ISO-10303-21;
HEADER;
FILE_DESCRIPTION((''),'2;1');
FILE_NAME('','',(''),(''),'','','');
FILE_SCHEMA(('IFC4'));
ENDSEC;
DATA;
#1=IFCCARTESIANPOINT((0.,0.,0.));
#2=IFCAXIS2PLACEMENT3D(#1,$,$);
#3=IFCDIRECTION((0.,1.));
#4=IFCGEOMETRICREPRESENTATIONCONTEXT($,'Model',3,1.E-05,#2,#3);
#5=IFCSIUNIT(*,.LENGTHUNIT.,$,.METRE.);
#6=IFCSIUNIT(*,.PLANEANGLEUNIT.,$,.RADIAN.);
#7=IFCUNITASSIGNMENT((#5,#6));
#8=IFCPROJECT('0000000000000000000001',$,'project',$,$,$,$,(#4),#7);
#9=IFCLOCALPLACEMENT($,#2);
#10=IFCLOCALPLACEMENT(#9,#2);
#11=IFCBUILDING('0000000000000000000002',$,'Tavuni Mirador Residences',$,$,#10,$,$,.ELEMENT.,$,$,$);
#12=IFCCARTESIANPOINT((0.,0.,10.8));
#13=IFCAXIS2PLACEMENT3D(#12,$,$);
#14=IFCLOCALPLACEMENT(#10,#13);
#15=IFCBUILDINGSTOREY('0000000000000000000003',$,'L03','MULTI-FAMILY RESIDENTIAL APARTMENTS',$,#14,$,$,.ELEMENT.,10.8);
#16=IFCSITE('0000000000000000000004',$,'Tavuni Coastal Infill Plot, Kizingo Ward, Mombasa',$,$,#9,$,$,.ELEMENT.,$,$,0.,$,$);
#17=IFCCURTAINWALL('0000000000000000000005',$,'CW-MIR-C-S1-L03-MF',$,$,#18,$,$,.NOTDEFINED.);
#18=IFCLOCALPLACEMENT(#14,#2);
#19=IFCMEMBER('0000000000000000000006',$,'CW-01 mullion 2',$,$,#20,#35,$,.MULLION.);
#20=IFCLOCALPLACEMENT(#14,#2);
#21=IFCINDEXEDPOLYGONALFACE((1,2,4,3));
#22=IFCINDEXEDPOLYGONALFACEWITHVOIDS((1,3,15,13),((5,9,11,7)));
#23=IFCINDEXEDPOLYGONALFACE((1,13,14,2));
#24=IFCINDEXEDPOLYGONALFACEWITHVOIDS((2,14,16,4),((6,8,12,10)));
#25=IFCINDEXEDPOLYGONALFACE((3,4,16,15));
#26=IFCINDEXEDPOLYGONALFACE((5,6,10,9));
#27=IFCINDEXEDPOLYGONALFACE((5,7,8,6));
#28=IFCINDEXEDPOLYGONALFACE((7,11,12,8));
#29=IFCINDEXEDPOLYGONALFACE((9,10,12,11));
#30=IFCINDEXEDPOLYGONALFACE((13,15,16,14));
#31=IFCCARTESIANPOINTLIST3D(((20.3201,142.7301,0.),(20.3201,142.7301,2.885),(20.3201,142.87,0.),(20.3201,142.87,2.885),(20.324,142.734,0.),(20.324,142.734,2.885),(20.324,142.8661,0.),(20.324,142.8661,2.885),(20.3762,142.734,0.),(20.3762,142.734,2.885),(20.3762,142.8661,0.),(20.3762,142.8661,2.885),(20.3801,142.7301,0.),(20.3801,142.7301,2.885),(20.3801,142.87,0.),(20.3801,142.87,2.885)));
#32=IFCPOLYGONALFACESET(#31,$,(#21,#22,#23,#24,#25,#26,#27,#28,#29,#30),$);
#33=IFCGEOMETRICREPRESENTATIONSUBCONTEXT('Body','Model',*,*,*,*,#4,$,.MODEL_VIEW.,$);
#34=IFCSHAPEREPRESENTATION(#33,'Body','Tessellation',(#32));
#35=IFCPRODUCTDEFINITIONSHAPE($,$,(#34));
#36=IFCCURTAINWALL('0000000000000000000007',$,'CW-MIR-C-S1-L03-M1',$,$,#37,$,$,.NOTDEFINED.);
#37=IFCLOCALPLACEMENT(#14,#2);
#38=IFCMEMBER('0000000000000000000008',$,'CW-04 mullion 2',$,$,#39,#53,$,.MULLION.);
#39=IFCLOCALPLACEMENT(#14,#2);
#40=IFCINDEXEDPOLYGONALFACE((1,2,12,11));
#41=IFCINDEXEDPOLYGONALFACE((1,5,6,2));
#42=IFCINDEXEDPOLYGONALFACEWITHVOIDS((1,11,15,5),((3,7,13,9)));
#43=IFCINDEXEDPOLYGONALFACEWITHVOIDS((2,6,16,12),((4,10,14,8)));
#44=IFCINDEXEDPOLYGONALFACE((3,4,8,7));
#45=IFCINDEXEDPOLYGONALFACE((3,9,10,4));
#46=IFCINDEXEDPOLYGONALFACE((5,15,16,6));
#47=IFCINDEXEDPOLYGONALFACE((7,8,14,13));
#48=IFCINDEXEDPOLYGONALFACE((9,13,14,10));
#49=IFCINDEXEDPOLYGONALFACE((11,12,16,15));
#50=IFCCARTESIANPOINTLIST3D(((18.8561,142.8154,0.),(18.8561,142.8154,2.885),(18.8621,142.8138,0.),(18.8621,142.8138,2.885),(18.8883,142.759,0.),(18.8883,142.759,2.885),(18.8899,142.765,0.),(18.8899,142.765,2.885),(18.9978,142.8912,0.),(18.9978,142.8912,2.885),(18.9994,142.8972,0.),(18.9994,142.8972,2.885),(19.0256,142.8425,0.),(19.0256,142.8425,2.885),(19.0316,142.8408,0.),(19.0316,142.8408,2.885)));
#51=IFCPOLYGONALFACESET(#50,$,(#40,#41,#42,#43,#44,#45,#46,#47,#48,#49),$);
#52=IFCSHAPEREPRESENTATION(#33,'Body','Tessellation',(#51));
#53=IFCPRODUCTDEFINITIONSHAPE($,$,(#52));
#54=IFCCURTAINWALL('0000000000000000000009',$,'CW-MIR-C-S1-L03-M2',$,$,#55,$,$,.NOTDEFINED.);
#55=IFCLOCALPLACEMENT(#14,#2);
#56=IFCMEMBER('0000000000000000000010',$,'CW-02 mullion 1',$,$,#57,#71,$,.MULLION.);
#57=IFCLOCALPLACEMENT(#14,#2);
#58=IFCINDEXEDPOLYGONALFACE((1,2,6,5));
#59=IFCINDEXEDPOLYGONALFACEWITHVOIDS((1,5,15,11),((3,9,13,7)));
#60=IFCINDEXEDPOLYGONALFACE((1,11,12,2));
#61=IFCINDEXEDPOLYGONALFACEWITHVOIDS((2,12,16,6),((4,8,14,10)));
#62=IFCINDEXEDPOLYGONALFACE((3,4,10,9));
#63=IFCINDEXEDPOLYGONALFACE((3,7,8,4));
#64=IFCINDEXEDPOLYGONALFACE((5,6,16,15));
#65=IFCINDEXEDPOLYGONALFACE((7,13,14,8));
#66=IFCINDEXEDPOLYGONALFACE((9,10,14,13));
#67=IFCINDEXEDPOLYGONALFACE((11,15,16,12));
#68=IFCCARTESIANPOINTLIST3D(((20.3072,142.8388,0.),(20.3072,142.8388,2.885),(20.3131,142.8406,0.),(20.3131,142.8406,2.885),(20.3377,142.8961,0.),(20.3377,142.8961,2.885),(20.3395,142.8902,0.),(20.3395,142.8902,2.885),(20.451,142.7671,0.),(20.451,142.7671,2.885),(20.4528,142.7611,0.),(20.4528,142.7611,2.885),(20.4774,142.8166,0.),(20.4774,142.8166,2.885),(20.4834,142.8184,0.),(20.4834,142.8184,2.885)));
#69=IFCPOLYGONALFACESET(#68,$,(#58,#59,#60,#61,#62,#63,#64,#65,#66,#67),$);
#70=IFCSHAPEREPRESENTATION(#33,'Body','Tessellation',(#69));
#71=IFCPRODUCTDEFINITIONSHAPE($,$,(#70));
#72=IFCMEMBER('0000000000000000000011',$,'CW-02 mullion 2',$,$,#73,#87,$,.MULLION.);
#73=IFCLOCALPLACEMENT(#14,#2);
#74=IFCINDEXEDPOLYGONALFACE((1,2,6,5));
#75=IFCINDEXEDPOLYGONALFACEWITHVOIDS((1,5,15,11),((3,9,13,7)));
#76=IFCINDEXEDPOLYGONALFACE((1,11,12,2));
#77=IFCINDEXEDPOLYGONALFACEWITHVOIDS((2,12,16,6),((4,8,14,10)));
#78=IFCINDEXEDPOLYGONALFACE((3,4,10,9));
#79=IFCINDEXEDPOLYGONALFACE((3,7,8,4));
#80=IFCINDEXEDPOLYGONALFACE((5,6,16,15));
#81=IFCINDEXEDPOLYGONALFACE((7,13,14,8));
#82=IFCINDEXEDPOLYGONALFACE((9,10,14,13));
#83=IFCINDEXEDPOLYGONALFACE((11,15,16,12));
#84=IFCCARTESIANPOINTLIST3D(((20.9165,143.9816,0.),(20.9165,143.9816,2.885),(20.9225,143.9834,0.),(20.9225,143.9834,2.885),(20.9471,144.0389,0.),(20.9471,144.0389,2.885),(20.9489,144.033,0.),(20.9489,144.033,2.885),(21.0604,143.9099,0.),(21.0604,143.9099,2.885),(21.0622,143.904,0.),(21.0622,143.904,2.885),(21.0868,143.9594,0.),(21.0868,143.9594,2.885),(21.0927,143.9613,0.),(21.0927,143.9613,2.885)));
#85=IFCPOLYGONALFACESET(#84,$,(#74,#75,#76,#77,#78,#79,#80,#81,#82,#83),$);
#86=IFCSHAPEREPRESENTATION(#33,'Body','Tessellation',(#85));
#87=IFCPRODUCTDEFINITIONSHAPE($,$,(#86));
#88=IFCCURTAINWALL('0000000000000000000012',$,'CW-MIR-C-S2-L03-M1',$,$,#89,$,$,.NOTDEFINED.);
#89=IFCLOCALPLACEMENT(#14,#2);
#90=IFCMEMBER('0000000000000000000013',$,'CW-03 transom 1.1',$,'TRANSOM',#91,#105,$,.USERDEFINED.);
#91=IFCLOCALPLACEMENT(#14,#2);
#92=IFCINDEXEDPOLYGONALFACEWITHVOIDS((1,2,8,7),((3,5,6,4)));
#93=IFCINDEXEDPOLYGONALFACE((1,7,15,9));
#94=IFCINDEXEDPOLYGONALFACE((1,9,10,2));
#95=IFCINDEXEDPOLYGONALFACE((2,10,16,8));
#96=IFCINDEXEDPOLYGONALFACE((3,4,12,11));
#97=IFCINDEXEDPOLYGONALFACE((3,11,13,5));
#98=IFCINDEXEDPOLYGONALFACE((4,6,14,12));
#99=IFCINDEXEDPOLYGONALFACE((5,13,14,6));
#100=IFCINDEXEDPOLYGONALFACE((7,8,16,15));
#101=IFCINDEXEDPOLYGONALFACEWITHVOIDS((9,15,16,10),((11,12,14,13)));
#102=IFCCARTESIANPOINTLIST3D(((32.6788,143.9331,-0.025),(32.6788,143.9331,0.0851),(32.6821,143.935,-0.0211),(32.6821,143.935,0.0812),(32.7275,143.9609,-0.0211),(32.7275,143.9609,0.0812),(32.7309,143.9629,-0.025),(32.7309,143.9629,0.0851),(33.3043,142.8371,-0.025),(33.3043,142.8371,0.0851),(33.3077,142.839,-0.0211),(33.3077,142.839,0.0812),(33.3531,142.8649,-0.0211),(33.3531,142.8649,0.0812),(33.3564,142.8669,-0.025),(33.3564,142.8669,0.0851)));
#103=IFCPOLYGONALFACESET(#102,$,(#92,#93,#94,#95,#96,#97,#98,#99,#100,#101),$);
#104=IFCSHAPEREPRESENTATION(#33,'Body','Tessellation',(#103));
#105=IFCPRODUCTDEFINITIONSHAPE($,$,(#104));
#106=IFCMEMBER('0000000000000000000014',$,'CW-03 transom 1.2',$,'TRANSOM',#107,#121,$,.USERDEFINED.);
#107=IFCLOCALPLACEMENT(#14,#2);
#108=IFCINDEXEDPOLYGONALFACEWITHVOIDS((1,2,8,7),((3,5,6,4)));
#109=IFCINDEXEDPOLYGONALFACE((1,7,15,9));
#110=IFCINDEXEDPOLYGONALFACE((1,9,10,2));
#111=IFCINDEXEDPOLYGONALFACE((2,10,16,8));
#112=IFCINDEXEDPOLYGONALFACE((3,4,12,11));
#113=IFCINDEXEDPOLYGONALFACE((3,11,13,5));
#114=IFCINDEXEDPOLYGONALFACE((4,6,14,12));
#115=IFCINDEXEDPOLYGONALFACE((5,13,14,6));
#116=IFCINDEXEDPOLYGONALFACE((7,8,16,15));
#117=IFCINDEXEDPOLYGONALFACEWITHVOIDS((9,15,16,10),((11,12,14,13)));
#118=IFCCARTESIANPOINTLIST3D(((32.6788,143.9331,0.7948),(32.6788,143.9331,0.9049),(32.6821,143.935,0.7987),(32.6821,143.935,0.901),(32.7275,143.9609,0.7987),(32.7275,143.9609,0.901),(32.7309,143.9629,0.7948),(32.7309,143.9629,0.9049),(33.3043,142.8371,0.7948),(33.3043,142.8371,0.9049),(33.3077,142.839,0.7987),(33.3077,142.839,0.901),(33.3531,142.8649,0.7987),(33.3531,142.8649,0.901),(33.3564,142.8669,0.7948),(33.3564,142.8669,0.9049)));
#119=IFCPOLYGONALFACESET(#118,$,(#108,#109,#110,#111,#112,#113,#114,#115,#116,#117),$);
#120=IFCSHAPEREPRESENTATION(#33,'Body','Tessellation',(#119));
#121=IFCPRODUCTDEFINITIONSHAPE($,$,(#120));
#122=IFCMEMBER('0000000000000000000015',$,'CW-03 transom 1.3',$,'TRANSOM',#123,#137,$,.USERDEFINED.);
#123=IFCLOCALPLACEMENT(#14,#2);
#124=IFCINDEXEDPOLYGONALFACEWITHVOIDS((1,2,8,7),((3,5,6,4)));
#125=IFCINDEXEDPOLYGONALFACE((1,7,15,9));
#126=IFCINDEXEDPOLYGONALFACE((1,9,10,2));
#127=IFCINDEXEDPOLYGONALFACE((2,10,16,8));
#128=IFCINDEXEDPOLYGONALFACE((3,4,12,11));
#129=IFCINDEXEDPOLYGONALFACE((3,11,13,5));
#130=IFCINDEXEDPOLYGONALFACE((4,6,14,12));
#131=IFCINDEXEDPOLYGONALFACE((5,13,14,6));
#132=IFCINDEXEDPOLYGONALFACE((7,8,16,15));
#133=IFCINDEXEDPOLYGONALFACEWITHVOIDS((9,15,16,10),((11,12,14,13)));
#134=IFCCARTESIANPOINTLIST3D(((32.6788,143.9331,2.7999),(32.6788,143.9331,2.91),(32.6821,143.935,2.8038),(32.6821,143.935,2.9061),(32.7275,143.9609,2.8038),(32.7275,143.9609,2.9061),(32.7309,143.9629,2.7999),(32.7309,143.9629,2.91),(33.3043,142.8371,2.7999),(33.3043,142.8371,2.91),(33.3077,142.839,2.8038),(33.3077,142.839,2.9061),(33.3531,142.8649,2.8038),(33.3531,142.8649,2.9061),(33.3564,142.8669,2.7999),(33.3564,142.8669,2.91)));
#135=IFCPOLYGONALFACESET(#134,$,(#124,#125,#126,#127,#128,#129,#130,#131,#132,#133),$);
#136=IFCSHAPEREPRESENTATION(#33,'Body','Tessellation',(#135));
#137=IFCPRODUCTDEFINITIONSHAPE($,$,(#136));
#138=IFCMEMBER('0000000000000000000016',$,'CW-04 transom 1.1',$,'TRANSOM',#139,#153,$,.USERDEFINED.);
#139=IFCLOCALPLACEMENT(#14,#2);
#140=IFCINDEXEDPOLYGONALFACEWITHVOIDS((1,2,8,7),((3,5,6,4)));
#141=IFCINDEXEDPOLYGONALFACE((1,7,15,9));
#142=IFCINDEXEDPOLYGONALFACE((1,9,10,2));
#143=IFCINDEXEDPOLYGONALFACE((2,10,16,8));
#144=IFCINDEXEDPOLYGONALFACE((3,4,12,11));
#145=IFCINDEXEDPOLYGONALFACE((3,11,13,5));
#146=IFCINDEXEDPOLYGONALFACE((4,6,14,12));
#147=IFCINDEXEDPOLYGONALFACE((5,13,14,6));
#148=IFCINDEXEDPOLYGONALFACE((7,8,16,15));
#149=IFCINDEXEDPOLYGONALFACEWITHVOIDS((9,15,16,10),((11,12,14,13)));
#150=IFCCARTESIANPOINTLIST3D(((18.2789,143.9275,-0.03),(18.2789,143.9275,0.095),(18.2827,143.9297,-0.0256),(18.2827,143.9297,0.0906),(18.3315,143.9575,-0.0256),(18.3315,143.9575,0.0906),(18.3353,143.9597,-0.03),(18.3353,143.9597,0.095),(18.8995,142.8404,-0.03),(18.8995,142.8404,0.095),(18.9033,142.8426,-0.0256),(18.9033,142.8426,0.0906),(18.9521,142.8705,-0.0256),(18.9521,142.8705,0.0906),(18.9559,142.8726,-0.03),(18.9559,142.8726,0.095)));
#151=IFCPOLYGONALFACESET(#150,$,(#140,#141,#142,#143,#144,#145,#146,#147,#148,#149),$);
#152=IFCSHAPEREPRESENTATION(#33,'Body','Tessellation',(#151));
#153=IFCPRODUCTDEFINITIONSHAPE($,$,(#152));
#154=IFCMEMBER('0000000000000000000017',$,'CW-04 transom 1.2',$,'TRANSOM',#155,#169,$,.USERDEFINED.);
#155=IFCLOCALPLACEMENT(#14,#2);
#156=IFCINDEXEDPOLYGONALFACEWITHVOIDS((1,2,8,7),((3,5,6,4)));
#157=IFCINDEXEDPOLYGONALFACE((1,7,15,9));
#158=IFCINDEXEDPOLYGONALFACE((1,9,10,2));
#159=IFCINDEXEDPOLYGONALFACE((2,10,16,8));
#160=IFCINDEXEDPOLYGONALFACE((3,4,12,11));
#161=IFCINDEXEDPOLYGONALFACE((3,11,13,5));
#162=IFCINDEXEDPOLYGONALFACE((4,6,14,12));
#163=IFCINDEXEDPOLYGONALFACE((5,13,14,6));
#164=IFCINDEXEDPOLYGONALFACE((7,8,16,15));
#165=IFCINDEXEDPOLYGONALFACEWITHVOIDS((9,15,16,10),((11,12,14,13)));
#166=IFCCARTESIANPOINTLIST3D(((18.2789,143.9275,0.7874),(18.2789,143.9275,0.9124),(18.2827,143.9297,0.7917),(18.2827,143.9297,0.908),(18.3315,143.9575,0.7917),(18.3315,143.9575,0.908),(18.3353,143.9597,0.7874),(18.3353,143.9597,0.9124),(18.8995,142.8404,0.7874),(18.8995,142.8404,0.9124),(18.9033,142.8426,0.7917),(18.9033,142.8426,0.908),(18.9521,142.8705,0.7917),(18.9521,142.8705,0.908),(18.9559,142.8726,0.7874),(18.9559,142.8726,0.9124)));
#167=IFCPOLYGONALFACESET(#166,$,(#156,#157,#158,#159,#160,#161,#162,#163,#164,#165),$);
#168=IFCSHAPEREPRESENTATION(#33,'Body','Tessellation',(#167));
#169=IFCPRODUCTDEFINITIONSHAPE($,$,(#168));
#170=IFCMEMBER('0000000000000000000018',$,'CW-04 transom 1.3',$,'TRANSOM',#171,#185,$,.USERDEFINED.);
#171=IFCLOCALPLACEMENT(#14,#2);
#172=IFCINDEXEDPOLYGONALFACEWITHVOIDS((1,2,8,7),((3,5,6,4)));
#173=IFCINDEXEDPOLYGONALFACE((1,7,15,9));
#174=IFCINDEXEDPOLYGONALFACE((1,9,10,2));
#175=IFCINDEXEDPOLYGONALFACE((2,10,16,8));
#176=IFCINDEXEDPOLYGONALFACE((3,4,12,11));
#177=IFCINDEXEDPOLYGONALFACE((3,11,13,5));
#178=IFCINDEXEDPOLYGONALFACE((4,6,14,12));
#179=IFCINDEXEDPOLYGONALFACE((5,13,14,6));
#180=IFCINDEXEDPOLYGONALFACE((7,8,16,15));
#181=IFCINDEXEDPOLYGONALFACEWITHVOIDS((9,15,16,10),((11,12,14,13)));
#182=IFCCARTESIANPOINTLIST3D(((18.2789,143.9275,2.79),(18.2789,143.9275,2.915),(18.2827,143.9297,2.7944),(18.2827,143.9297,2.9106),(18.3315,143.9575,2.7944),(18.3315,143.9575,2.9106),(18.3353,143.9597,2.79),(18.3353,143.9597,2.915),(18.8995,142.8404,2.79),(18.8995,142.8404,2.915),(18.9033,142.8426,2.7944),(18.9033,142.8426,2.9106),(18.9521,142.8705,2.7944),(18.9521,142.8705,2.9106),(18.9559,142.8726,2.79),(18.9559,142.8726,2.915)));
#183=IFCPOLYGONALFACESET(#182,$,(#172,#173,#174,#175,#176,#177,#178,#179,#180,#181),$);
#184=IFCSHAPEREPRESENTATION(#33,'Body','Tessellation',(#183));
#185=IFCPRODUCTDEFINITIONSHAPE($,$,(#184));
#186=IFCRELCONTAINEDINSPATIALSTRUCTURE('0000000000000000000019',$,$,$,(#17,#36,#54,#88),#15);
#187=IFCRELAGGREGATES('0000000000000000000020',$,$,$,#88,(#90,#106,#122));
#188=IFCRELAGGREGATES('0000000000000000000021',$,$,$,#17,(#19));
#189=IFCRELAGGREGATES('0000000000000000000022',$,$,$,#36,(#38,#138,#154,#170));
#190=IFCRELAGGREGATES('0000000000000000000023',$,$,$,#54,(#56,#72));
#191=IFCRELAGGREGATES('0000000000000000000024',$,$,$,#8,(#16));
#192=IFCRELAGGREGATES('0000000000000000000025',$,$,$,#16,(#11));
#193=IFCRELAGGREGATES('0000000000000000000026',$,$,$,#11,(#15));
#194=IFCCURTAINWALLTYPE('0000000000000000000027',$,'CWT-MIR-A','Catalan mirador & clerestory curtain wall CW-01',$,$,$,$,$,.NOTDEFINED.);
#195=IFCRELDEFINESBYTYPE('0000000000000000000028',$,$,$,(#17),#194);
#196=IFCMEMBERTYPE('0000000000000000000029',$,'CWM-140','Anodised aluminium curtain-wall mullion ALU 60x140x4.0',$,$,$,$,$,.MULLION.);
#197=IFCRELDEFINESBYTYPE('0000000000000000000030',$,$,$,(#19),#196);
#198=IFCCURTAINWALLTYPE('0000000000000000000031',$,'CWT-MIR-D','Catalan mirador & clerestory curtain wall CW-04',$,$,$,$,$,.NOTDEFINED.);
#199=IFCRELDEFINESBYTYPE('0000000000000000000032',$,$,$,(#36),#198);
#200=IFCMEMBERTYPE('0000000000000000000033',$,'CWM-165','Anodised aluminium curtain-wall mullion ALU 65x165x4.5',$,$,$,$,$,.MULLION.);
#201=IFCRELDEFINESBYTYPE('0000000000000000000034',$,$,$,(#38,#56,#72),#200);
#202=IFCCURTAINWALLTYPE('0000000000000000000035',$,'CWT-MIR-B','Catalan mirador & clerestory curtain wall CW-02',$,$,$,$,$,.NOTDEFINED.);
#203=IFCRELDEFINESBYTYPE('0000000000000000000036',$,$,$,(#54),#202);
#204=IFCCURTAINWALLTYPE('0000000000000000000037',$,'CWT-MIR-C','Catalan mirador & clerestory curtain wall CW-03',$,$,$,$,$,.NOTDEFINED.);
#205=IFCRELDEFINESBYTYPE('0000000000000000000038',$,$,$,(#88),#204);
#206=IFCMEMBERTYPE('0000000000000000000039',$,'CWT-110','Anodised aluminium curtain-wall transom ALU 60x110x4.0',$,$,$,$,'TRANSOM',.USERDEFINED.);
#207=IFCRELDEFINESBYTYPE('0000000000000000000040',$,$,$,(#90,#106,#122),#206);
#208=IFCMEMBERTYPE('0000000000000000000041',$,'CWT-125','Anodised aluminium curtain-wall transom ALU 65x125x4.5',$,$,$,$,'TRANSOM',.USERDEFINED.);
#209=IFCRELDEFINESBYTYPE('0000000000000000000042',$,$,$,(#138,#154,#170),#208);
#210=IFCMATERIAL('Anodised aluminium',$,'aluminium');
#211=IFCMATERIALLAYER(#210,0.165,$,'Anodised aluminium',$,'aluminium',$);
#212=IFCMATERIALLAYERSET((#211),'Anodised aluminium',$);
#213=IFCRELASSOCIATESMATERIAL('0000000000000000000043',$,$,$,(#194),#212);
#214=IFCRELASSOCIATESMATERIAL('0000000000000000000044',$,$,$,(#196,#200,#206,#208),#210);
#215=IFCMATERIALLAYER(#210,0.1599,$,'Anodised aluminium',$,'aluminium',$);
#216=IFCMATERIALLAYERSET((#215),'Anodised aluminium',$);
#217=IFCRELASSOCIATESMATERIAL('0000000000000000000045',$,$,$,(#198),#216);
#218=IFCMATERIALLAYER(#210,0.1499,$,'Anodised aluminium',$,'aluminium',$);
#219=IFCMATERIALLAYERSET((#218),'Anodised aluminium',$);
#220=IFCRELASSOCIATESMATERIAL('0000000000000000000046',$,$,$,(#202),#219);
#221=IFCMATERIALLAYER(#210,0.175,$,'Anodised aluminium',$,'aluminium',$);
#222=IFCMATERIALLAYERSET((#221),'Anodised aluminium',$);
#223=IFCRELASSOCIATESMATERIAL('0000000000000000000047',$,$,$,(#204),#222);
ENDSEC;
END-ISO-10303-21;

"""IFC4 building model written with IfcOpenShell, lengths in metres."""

from ifc_helpers import new_model, si_unit, direction, frame, origin, origin_2d, place, context, subcontext, project, spatial, hollow_rectangle, extrude, material, layer, layer_set, material_profile, profile_set, type_object, element, aggregate, save


model = new_model("IFC4")

# Units and contexts
model_context = context("Model", 3, precision=1e-05, world=origin(), true_north=direction((0.0, 1.0)))
body_context = subcontext(model_context, "Body", "Model", "MODEL_VIEW")
ifc_project = project(units=[si_unit("LENGTHUNIT", "METRE"), si_unit("PLANEANGLEUNIT", "RADIAN")], contexts=[model_context])

# Site, building, storey
site_placement = place(None, origin())
site = spatial("IfcSite", under=ifc_project, at=site_placement, Name="Tavuni Coastal Infill Plot, Kizingo Ward, Mombasa", CompositionType="ELEMENT", RefElevation=0.0)
building_placement = place(site_placement, origin())
building = spatial("IfcBuilding", under=site, at=building_placement, Name="Tavuni Mirador Residences", CompositionType="ELEMENT")
storey_placement = place(building_placement, frame((0.0, 0.0, 10.8)))
storey = spatial("IfcBuildingStorey", under=building, at=storey_placement, Name="L03", Description="MULTI-FAMILY RESIDENTIAL APARTMENTS", CompositionType="ELEMENT", Elevation=10.8)

# Curtain walls, members
ifc_material_1 = material(Name="Anodised aluminium", Category="aluminium")
ifc_layer_1 = layer(ifc_material_1, 0.165, Name="Anodised aluminium", Category="aluminium")
ifc_layer_set_1 = layer_set([ifc_layer_1], Name="Anodised aluminium")
curtain_wall_type_1 = type_object("IfcCurtainWallType", Name="CWT-MIR-A", Description="Catalan mirador & clerestory curtain wall CW-01", PredefinedType="NOTDEFINED", material=ifc_layer_set_1)
curtain_wall_1_placement = place(storey_placement, origin())
curtain_wall_1 = element("IfcCurtainWall", 1, at=curtain_wall_1_placement, inside=storey, type_object=curtain_wall_type_1, Name="CW-MIR-C-S1-L03-MF", PredefinedType="NOTDEFINED")
ifc_material_profile_1 = material_profile(ifc_material_1, hollow_rectangle(XDim=0.0601, YDim=0.1399, WallThickness=0.0039, at=origin_2d()), Name="ALU 60x140x4.0", Category="aluminium")
ifc_profile_set_1 = profile_set([ifc_material_profile_1], Name="Anodised aluminium")
member_type_1 = type_object("IfcMemberType", Name="CWM-140", Description="Anodised aluminium curtain-wall mullion ALU 60x140x4.0", PredefinedType="MULLION", material=ifc_profile_set_1)
member_1_placement = place(storey_placement, frame((20.3501, 142.8, 0.0), z_axis=(0.0, 0.0, 1.0), x_axis=(1.0, 0.0, 0.0)))
member_1 = element("IfcMember", 2, at=member_1_placement, type_object=member_type_1, Name="CW-01 mullion 2", PredefinedType="MULLION", context=body_context, shape_type="SweptSolid", body=[
    extrude(hollow_rectangle(XDim=0.0601, YDim=0.1399, WallThickness=0.0039, at=origin_2d()), origin(), (0.0, 0.0, 1.0), 2.885),
])
ifc_layer_2 = layer(ifc_material_1, 0.1599, Name="Anodised aluminium", Category="aluminium")
ifc_layer_set_2 = layer_set([ifc_layer_2], Name="Anodised aluminium")
curtain_wall_type_2 = type_object("IfcCurtainWallType", Name="CWT-MIR-D", Description="Catalan mirador & clerestory curtain wall CW-04", PredefinedType="NOTDEFINED", material=ifc_layer_set_2)
curtain_wall_2_placement = place(storey_placement, origin())
curtain_wall_2 = element("IfcCurtainWall", 3, at=curtain_wall_2_placement, inside=storey, type_object=curtain_wall_type_2, Name="CW-MIR-C-S1-L03-M1", PredefinedType="NOTDEFINED")
ifc_material_profile_2 = material_profile(ifc_material_1, hollow_rectangle(XDim=0.0649, YDim=0.165, WallThickness=0.0044, at=origin_2d()), Name="ALU 65x165x4.5", Category="aluminium")
ifc_profile_set_2 = profile_set([ifc_material_profile_2], Name="Anodised aluminium")
member_type_2 = type_object("IfcMemberType", Name="CWM-165", Description="Anodised aluminium curtain-wall mullion ALU 65x165x4.5", PredefinedType="MULLION", material=ifc_profile_set_2)
member_2_placement = place(storey_placement, frame((18.9438, 142.8281, 0.0), z_axis=(0.0, 0.0, 1.0), x_axis=(0.495749, -0.868466, 0.0)))
member_2 = element("IfcMember", 4, at=member_2_placement, type_object=member_type_2, Name="CW-04 mullion 2", PredefinedType="MULLION", context=body_context, shape_type="SweptSolid", body=[
    extrude(hollow_rectangle(XDim=0.0649, YDim=0.165, WallThickness=0.0044, at=origin_2d()), origin(), (0.0, 0.0, 1.0), 2.885),
])

# Curtain walls, members
ifc_layer_3 = layer(ifc_material_1, 0.1499, Name="Anodised aluminium", Category="aluminium")
ifc_layer_set_3 = layer_set([ifc_layer_3], Name="Anodised aluminium")
curtain_wall_type_3 = type_object("IfcCurtainWallType", Name="CWT-MIR-B", Description="Catalan mirador & clerestory curtain wall CW-02", PredefinedType="NOTDEFINED", material=ifc_layer_set_3)
curtain_wall_3_placement = place(storey_placement, origin())
curtain_wall_3 = element("IfcCurtainWall", 5, at=curtain_wall_3_placement, inside=storey, type_object=curtain_wall_type_3, Name="CW-MIR-C-S1-L03-M2", PredefinedType="NOTDEFINED")
member_3_placement = place(storey_placement, frame((20.3953, 142.8286, 0.0), z_axis=(0.0, 0.0, 1.0), x_axis=(0.470588, 0.882353, 0.0)))
member_3 = element("IfcMember", 6, at=member_3_placement, type_object=member_type_2, Name="CW-02 mullion 1", PredefinedType="MULLION", context=body_context, shape_type="SweptSolid", body=[
    extrude(hollow_rectangle(XDim=0.0649, YDim=0.165, WallThickness=0.0044, at=origin_2d()), origin(), (0.0, 0.0, 1.0), 2.885),
])
member_4_placement = place(storey_placement, frame((21.0046, 143.9714, 0.0), z_axis=(0.0, 0.0, 1.0), x_axis=(0.470588, 0.882353, 0.0)))
member_4 = element("IfcMember", 7, at=member_4_placement, type_object=member_type_2, Name="CW-02 mullion 2", PredefinedType="MULLION", context=body_context, shape_type="SweptSolid", body=[
    extrude(hollow_rectangle(XDim=0.0649, YDim=0.165, WallThickness=0.0044, at=origin_2d()), origin(), (0.0, 0.0, 1.0), 2.885),
])
ifc_layer_4 = layer(ifc_material_1, 0.175, Name="Anodised aluminium", Category="aluminium")
ifc_layer_set_4 = layer_set([ifc_layer_4], Name="Anodised aluminium")
curtain_wall_type_4 = type_object("IfcCurtainWallType", Name="CWT-MIR-C", Description="Catalan mirador & clerestory curtain wall CW-03", PredefinedType="NOTDEFINED", material=ifc_layer_set_4)
curtain_wall_4_placement = place(storey_placement, origin())
curtain_wall_4 = element("IfcCurtainWall", 8, at=curtain_wall_4_placement, inside=storey, type_object=curtain_wall_type_4, Name="CW-MIR-C-S2-L03-M1", PredefinedType="NOTDEFINED")
ifc_material_profile_3 = material_profile(ifc_material_1, hollow_rectangle(XDim=0.0601, YDim=0.1101, WallThickness=0.0039, at=origin_2d()), Name="ALU 60x110x4.0", Category="aluminium")
ifc_profile_set_3 = profile_set([ifc_material_profile_3], Name="Anodised aluminium")
member_type_3 = type_object("IfcMemberType", Name="CWT-110", Description="Anodised aluminium curtain-wall transom ALU 60x110x4.0", ElementType="TRANSOM", PredefinedType="USERDEFINED", material=ifc_profile_set_3)
member_5_placement = place(storey_placement, frame((32.7048, 143.948, 0.03), z_axis=(0.49568, -0.868505, 0.0), x_axis=(0.868505, 0.49568, 0.0)))
member_5 = element("IfcMember", 9, at=member_5_placement, type_object=member_type_3, Name="CW-03 transom 1.1", ObjectType="TRANSOM", PredefinedType="USERDEFINED", context=body_context, shape_type="SweptSolid", body=[
    extrude(hollow_rectangle(XDim=0.0601, YDim=0.1101, WallThickness=0.0039, at=origin_2d()), origin(), (0.0, 0.0, 1.0), 1.262),
])
member_6_placement = place(storey_placement, frame((32.7048, 143.948, 0.8499), z_axis=(0.49568, -0.868505, 0.0), x_axis=(0.868505, 0.49568, 0.0)))
member_6 = element("IfcMember", 10, at=member_6_placement, type_object=member_type_3, Name="CW-03 transom 1.2", ObjectType="TRANSOM", PredefinedType="USERDEFINED", context=body_context, shape_type="SweptSolid", body=[
    extrude(hollow_rectangle(XDim=0.0601, YDim=0.1101, WallThickness=0.0039, at=origin_2d()), origin(), (0.0, 0.0, 1.0), 1.262),
])
member_7_placement = place(storey_placement, frame((32.7048, 143.948, 2.855), z_axis=(0.49568, -0.868505, 0.0), x_axis=(0.868505, 0.49568, 0.0)))
member_7 = element("IfcMember", 11, at=member_7_placement, type_object=member_type_3, Name="CW-03 transom 1.3", ObjectType="TRANSOM", PredefinedType="USERDEFINED", context=body_context, shape_type="SweptSolid", body=[
    extrude(hollow_rectangle(XDim=0.0601, YDim=0.1101, WallThickness=0.0039, at=origin_2d()), origin(), (0.0, 0.0, 1.0), 1.262),
])
aggregate(curtain_wall_4, [member_5, member_6, member_7])

# Members
ifc_material_profile_4 = material_profile(ifc_material_1, hollow_rectangle(XDim=0.0649, YDim=0.125, WallThickness=0.0044, at=origin_2d()), Name="ALU 65x125x4.5", Category="aluminium")
ifc_profile_set_4 = profile_set([ifc_material_profile_4], Name="Anodised aluminium")
member_type_4 = type_object("IfcMemberType", Name="CWT-125", Description="Anodised aluminium curtain-wall transom ALU 65x125x4.5", ElementType="TRANSOM", PredefinedType="USERDEFINED", material=ifc_profile_set_4)
member_8_placement = place(storey_placement, frame((18.3071, 143.9436, 0.0325), z_axis=(0.495761, -0.868459, 0.0), x_axis=(0.868459, 0.495761, 0.0)))
member_8 = element("IfcMember", 12, at=member_8_placement, type_object=member_type_4, Name="CW-04 transom 1.1", ObjectType="TRANSOM", PredefinedType="USERDEFINED", context=body_context, shape_type="SweptSolid", body=[
    extrude(hollow_rectangle(XDim=0.0649, YDim=0.125, WallThickness=0.0044, at=origin_2d()), origin(), (0.0, 0.0, 1.0), 1.2517),
])
member_9_placement = place(storey_placement, frame((18.3071, 143.9436, 0.8499), z_axis=(0.495761, -0.868459, 0.0), x_axis=(0.868459, 0.495761, 0.0)))
member_9 = element("IfcMember", 13, at=member_9_placement, type_object=member_type_4, Name="CW-04 transom 1.2", ObjectType="TRANSOM", PredefinedType="USERDEFINED", context=body_context, shape_type="SweptSolid", body=[
    extrude(hollow_rectangle(XDim=0.0649, YDim=0.125, WallThickness=0.0044, at=origin_2d()), origin(), (0.0, 0.0, 1.0), 1.2517),
])
member_10_placement = place(storey_placement, frame((18.3071, 143.9436, 2.8525), z_axis=(0.495761, -0.868459, 0.0), x_axis=(0.868459, 0.495761, 0.0)))
member_10 = element("IfcMember", 14, at=member_10_placement, type_object=member_type_4, Name="CW-04 transom 1.3", ObjectType="TRANSOM", PredefinedType="USERDEFINED", context=body_context, shape_type="SweptSolid", body=[
    extrude(hollow_rectangle(XDim=0.0649, YDim=0.125, WallThickness=0.0044, at=origin_2d()), origin(), (0.0, 0.0, 1.0), 1.2517),
])

aggregate(curtain_wall_1, [member_1])
aggregate(curtain_wall_2, [member_2, member_8, member_9, member_10])
aggregate(curtain_wall_3, [member_3, member_4])

save(model, "model.ifc")
